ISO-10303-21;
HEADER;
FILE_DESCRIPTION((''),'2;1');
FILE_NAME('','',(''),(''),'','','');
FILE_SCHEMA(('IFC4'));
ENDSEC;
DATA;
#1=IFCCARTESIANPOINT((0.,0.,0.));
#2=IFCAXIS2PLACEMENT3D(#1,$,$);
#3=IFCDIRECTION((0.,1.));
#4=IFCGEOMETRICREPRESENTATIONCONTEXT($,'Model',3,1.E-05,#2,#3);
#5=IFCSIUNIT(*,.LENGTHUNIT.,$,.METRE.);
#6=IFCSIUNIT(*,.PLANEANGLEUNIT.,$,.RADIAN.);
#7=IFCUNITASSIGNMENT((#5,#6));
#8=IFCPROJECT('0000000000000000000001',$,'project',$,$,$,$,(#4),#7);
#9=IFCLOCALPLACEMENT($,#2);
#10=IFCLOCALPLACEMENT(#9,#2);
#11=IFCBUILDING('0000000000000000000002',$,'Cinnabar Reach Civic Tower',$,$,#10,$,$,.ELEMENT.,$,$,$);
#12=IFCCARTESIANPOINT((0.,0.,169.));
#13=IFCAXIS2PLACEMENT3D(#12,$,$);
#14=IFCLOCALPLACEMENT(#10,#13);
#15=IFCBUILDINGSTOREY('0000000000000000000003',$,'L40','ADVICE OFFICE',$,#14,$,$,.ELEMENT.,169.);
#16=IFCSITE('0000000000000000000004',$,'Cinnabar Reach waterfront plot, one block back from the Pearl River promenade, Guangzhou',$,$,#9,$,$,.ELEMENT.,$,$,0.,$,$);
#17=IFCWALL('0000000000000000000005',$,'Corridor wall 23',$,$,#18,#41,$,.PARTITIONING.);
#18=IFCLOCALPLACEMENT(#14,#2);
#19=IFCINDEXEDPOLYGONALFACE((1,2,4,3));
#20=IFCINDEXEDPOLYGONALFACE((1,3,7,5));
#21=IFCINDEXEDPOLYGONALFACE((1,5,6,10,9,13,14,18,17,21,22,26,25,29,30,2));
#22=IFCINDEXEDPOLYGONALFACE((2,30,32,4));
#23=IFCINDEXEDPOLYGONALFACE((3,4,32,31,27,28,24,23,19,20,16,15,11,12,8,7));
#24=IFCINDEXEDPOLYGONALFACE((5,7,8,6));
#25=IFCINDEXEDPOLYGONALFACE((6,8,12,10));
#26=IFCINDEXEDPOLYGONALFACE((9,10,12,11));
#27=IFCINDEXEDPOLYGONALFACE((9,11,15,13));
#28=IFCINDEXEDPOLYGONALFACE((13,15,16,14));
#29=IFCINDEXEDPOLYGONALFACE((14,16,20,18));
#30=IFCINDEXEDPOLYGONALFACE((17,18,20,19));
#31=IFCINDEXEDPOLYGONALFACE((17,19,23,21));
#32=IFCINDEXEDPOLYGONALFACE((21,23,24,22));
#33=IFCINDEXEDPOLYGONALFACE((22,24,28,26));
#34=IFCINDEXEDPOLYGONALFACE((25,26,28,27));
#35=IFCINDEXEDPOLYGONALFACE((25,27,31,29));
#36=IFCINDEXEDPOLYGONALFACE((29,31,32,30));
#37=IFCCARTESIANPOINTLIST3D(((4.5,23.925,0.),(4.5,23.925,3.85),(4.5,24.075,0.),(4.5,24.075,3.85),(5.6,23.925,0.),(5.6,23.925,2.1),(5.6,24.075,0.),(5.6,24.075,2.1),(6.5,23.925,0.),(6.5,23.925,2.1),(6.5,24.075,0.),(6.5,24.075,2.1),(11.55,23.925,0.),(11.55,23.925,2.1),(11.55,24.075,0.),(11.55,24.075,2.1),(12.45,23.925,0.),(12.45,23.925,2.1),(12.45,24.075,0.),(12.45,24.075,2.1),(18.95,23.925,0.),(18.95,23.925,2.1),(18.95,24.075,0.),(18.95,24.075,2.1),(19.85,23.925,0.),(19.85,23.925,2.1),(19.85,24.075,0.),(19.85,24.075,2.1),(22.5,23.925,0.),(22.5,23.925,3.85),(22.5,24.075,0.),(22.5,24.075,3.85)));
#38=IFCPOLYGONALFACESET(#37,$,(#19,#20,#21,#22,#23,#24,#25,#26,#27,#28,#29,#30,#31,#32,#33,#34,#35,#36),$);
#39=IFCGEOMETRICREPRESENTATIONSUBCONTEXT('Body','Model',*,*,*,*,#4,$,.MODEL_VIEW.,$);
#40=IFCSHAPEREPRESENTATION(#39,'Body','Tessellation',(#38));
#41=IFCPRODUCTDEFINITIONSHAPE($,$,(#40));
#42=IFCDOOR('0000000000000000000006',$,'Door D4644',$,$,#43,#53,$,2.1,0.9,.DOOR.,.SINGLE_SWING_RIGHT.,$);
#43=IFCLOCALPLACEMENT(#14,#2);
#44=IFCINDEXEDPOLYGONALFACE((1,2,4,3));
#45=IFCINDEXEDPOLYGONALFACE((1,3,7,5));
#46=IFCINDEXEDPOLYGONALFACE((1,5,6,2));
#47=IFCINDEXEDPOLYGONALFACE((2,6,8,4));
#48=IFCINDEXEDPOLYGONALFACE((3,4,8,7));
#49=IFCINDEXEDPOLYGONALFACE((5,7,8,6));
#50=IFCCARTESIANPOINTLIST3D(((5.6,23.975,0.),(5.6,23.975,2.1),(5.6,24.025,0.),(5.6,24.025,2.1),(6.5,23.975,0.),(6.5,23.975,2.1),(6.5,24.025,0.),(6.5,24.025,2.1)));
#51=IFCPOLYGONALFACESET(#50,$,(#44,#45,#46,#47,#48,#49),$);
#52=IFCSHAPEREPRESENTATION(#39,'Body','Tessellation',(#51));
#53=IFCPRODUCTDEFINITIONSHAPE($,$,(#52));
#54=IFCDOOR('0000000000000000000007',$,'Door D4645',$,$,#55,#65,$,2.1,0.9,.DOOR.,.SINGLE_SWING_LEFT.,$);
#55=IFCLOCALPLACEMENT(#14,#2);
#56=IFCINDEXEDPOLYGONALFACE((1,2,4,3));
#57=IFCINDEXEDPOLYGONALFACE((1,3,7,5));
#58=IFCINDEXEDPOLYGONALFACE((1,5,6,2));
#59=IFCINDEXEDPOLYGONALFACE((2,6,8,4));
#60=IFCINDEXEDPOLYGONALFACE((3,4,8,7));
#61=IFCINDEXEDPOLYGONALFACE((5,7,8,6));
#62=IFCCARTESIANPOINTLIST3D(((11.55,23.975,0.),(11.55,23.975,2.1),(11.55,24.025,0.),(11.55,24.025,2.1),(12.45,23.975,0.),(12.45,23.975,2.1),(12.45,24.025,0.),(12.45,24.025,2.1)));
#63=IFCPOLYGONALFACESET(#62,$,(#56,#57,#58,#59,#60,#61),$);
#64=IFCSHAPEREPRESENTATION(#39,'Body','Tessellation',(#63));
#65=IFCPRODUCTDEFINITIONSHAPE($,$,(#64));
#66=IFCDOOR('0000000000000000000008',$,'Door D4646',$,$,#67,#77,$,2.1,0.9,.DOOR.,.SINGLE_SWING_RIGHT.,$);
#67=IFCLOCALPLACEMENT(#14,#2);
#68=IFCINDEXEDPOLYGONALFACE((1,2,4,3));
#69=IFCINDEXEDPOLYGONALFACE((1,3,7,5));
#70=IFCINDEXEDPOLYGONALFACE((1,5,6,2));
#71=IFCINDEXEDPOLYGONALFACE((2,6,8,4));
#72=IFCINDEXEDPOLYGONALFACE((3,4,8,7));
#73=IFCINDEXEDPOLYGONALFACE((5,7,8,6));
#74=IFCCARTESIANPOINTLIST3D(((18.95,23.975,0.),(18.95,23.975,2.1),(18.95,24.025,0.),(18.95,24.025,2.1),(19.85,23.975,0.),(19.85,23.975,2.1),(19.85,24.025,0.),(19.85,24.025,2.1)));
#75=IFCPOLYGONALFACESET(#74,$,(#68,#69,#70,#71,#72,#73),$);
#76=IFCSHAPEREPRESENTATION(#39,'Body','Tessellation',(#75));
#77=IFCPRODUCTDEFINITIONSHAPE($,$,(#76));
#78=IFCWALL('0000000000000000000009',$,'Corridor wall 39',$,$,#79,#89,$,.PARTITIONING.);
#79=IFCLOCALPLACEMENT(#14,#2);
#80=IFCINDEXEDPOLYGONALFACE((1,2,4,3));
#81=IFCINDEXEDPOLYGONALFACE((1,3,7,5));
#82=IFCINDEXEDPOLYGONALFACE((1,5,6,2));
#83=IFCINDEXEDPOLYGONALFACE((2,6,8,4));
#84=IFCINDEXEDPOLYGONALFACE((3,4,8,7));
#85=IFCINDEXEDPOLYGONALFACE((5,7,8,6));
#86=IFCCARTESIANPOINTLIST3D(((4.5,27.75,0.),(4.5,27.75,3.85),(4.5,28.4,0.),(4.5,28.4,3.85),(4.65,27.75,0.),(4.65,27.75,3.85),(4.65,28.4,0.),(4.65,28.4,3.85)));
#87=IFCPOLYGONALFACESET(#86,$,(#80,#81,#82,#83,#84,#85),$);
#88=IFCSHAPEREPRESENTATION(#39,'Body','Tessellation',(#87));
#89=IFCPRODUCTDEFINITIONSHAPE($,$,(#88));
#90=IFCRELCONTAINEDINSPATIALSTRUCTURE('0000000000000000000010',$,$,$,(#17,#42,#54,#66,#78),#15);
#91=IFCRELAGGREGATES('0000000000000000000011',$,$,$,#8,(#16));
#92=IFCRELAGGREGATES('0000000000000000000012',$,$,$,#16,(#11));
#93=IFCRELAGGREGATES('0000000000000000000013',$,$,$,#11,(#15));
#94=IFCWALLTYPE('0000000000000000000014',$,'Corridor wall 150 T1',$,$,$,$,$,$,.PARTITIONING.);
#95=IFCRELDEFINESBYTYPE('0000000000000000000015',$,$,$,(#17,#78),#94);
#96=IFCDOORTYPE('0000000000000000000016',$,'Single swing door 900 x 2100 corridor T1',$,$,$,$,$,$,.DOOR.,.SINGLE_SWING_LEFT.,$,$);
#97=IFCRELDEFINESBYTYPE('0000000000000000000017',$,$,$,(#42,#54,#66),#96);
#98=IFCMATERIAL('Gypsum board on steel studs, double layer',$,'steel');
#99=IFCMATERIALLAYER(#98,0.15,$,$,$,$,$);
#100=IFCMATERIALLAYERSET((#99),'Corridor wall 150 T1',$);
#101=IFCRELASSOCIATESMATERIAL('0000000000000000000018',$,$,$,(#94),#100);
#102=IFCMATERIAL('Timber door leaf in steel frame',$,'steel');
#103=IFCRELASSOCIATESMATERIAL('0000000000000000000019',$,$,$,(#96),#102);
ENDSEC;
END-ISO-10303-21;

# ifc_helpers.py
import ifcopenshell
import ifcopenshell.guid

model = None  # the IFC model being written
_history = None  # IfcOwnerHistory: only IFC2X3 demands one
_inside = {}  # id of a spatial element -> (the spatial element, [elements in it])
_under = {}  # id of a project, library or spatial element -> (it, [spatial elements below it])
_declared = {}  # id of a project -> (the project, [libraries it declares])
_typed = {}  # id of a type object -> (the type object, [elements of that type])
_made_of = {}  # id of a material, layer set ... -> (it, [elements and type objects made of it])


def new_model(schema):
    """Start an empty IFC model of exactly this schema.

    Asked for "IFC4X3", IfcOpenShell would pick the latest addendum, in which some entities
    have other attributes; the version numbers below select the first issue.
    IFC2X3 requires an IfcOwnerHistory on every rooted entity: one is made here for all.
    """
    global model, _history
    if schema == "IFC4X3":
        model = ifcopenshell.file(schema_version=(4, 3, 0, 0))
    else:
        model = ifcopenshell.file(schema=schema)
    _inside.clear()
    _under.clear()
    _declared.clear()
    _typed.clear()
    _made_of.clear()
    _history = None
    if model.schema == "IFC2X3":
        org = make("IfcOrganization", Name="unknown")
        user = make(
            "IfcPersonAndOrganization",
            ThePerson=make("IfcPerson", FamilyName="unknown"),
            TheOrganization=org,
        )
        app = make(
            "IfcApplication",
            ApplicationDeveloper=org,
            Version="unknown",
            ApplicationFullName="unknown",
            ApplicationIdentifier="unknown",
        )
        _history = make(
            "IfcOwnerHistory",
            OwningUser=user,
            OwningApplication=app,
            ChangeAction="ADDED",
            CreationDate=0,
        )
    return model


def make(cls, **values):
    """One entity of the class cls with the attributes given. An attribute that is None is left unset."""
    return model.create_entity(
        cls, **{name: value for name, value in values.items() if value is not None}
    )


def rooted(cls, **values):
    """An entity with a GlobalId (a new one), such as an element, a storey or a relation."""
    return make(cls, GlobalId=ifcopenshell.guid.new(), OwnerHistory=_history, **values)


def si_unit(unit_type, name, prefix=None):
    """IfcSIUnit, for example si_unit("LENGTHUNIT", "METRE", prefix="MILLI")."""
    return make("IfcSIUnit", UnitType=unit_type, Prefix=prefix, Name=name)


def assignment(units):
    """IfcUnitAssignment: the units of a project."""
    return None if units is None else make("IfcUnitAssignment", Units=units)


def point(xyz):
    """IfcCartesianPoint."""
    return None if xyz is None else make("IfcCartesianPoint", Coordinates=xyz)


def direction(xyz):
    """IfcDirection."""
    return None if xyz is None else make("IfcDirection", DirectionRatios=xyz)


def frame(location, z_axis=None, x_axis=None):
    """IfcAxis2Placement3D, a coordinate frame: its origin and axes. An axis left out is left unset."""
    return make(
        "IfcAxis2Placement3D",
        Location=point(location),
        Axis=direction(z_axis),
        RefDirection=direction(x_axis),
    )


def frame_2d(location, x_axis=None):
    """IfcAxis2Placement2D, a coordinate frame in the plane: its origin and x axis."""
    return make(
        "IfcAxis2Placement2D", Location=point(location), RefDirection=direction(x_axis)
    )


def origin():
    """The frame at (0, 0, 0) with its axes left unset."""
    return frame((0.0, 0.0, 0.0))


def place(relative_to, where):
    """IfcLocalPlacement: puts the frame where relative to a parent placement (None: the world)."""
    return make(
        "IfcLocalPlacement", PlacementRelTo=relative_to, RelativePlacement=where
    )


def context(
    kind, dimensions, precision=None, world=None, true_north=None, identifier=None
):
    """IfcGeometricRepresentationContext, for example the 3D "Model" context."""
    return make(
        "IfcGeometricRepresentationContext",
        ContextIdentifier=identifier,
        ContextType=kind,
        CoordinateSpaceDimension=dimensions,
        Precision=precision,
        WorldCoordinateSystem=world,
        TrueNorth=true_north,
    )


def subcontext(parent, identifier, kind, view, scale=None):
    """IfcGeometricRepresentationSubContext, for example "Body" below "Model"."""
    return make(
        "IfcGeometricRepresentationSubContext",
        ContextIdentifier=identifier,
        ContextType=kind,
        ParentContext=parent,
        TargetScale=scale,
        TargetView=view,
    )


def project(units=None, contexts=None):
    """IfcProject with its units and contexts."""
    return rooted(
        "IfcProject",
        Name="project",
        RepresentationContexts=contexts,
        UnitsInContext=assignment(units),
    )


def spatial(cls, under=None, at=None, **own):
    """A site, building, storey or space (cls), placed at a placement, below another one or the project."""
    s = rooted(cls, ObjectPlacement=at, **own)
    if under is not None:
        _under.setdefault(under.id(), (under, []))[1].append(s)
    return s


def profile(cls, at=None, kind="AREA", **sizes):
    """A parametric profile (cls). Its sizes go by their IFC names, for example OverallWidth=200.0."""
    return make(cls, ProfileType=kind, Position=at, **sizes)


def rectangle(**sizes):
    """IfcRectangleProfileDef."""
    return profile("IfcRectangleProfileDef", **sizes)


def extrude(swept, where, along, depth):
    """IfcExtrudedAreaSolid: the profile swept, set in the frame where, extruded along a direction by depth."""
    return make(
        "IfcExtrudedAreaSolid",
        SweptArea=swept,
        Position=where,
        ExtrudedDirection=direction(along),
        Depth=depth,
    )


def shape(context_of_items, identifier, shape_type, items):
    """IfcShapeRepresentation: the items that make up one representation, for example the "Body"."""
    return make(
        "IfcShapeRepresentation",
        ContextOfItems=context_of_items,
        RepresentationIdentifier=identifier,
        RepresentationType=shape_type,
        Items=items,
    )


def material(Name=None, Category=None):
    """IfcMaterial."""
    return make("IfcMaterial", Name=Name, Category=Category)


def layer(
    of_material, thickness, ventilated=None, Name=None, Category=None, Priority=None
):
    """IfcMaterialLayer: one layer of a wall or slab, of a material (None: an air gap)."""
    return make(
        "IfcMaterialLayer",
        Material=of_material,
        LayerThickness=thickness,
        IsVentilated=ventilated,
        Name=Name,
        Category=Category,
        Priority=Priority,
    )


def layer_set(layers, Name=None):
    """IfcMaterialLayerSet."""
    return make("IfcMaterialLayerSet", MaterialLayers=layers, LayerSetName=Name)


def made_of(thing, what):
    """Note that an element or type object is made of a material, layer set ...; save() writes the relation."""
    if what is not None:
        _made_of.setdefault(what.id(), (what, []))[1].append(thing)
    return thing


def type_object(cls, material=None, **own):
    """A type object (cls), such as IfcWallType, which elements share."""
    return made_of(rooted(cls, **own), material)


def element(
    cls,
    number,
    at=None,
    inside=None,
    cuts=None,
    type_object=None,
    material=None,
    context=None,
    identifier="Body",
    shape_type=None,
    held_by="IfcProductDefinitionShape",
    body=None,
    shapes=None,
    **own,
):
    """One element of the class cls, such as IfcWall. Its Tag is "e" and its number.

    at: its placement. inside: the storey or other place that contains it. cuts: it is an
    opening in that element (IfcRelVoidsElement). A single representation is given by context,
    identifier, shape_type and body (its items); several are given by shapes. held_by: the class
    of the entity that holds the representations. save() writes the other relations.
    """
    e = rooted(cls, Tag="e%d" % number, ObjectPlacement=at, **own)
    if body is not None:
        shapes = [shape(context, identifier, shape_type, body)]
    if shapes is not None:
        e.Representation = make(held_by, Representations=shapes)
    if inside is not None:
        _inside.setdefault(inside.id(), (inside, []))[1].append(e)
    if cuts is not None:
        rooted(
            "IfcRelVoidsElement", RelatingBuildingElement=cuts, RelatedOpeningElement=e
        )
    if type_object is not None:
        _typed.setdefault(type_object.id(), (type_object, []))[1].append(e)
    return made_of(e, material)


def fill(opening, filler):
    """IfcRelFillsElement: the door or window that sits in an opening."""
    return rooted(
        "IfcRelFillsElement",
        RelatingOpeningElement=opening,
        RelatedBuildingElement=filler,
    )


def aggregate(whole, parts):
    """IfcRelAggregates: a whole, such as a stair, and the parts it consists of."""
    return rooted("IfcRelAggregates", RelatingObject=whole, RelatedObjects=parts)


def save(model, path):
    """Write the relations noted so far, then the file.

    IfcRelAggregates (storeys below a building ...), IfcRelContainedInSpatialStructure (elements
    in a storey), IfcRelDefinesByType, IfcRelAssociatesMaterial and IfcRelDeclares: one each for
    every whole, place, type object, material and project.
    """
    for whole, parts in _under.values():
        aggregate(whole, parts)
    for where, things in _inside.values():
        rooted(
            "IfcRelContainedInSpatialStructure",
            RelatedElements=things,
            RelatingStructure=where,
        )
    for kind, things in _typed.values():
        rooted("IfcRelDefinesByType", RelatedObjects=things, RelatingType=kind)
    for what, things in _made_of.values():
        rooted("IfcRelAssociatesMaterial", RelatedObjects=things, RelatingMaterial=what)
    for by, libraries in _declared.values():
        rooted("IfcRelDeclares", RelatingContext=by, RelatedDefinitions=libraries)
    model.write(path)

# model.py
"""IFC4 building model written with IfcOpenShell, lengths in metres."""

from ifc_helpers import new_model, si_unit, direction, frame, frame_2d, origin, place, context, subcontext, project, spatial, rectangle, extrude, material, layer, layer_set, type_object, element, fill, save


model = new_model("IFC4")

# Units and contexts
model_context = context("Model", 3, precision=1e-05, world=origin(), true_north=direction((0.0, 1.0)))
body_context = subcontext(model_context, "Body", "Model", "MODEL_VIEW")
ifc_project = project(units=[si_unit("LENGTHUNIT", "METRE"), si_unit("PLANEANGLEUNIT", "RADIAN")], contexts=[model_context])

# Site, building, storey
site_placement = place(None, origin())
site = spatial("IfcSite", under=ifc_project, at=site_placement, Name="Cinnabar Reach waterfront plot, one block back from the Pearl River promenade, Guangzhou", CompositionType="ELEMENT", RefElevation=0.0)
building_placement = place(site_placement, origin())
building = spatial("IfcBuilding", under=site, at=building_placement, Name="Cinnabar Reach Civic Tower", CompositionType="ELEMENT")
storey_placement = place(building_placement, frame((0.0, 0.0, 169.0)))
storey = spatial("IfcBuildingStorey", under=building, at=storey_placement, Name="L40", Description="ADVICE OFFICE", CompositionType="ELEMENT", Elevation=169.0)

# Shared definitions
ifc_material_1 = material(Name="Gypsum board on steel studs, double layer", Category="steel")
ifc_layer_1 = layer(ifc_material_1, 0.15)
ifc_layer_set_1 = layer_set([ifc_layer_1], Name="Corridor wall 150 T1")
wall_type_1 = type_object("IfcWallType", Name="Corridor wall 150 T1", PredefinedType="PARTITIONING", material=ifc_layer_set_1)

# Wall, openings, doors
wall_1_placement = place(storey_placement, frame((4.5, 24.0, 0.0), z_axis=(0.0, 0.0, 1.0), x_axis=(1.0, 0.0, 0.0)))
wall_1 = element("IfcWall", 1, at=wall_1_placement, inside=storey, type_object=wall_type_1, Name="Corridor wall 23", PredefinedType="PARTITIONING", context=body_context, shape_type="SweptSolid", body=[
    extrude(rectangle(XDim=18.0, YDim=0.15, at=frame_2d((9.0, 0.0))), origin(), (0.0, 0.0, 1.0), 3.85),
])
opening_1_placement = place(wall_1_placement, frame((1.1, 0.0, 0.0)))
opening_1 = element("IfcOpeningElement", 2, at=opening_1_placement, cuts=wall_1, PredefinedType="OPENING", context=body_context, shape_type="SweptSolid", body=[
    extrude(rectangle(XDim=0.9, YDim=2.1, at=frame_2d((0.45, 1.05))), frame((0.0, 0.085, 0.0), z_axis=(0.0, -1.0, 0.0), x_axis=(1.0, 0.0, 0.0)), (0.0, 0.0, 1.0), 0.17),
])
opening_2_placement = place(wall_1_placement, frame((7.05, 0.0, 0.0)))
opening_2 = element("IfcOpeningElement", 3, at=opening_2_placement, cuts=wall_1, PredefinedType="OPENING", context=body_context, shape_type="SweptSolid", body=[
    extrude(rectangle(XDim=0.9, YDim=2.1, at=frame_2d((0.45, 1.05))), frame((0.0, 0.085, 0.0), z_axis=(0.0, -1.0, 0.0), x_axis=(1.0, 0.0, 0.0)), (0.0, 0.0, 1.0), 0.17),
])
opening_3_placement = place(wall_1_placement, frame((14.45, 0.0, 0.0)))
opening_3 = element("IfcOpeningElement", 4, at=opening_3_placement, cuts=wall_1, PredefinedType="OPENING", context=body_context, shape_type="SweptSolid", body=[
    extrude(rectangle(XDim=0.9, YDim=2.1, at=frame_2d((0.45, 1.05))), frame((0.0, 0.085, 0.0), z_axis=(0.0, -1.0, 0.0), x_axis=(1.0, 0.0, 0.0)), (0.0, 0.0, 1.0), 0.17),
])
ifc_material_2 = material(Name="Timber door leaf in steel frame", Category="steel")
door_type_1 = type_object("IfcDoorType", Name="Single swing door 900 x 2100 corridor T1", OperationType="SINGLE_SWING_LEFT", PredefinedType="DOOR", material=ifc_material_2)
door_1_placement = place(opening_1_placement, frame((0.9, 0.0, 0.0), z_axis=(0.0, 0.0, 1.0), x_axis=(-1.0, 0.0, 0.0)))
door_1 = element("IfcDoor", 5, at=door_1_placement, inside=storey, type_object=door_type_1, Name="Door D4644", OperationType="SINGLE_SWING_RIGHT", OverallHeight=2.1, OverallWidth=0.9, PredefinedType="DOOR", context=body_context, shape_type="SweptSolid", body=[
    extrude(rectangle(XDim=0.9, YDim=2.1, at=frame_2d((0.45, 1.05))), frame((0.0, 0.025, 0.0), z_axis=(0.0, -1.0, 0.0), x_axis=(1.0, 0.0, 0.0)), (0.0, 0.0, 1.0), 0.05),
])
fill(opening_1, door_1)
door_2_placement = place(opening_2_placement, frame((0.9, 0.0, 0.0), z_axis=(0.0, 0.0, 1.0), x_axis=(-1.0, 0.0, 0.0)))
door_2 = element("IfcDoor", 6, at=door_2_placement, inside=storey, type_object=door_type_1, Name="Door D4645", OperationType="SINGLE_SWING_LEFT", OverallHeight=2.1, OverallWidth=0.9, PredefinedType="DOOR", context=body_context, shape_type="SweptSolid", body=[
    extrude(rectangle(XDim=0.9, YDim=2.1, at=frame_2d((0.45, 1.05))), frame((0.0, 0.025, 0.0), z_axis=(0.0, -1.0, 0.0), x_axis=(1.0, 0.0, 0.0)), (0.0, 0.0, 1.0), 0.05),
])
fill(opening_2, door_2)
door_3_placement = place(opening_3_placement, frame((0.9, 0.0, 0.0), z_axis=(0.0, 0.0, 1.0), x_axis=(-1.0, 0.0, 0.0)))
door_3 = element("IfcDoor", 7, at=door_3_placement, inside=storey, type_object=door_type_1, Name="Door D4646", OperationType="SINGLE_SWING_RIGHT", OverallHeight=2.1, OverallWidth=0.9, PredefinedType="DOOR", context=body_context, shape_type="SweptSolid", body=[
    extrude(rectangle(XDim=0.9, YDim=2.1, at=frame_2d((0.45, 1.05))), frame((0.0, 0.025, 0.0), z_axis=(0.0, -1.0, 0.0), x_axis=(1.0, 0.0, 0.0)), (0.0, 0.0, 1.0), 0.05),
])
fill(opening_3, door_3)

# Wall
wall_2_placement = place(storey_placement, frame((4.575, 27.75, 0.0), z_axis=(0.0, 0.0, 1.0), x_axis=(0.0, 1.0, 0.0)))
element("IfcWall", 8, at=wall_2_placement, inside=storey, type_object=wall_type_1, Name="Corridor wall 39", PredefinedType="PARTITIONING", context=body_context, shape_type="SweptSolid", body=[
    extrude(rectangle(XDim=0.65, YDim=0.15, at=frame_2d((0.325, 0.0))), origin(), (0.0, 0.0, 1.0), 3.85),
])

save(model, "model.ifc")
